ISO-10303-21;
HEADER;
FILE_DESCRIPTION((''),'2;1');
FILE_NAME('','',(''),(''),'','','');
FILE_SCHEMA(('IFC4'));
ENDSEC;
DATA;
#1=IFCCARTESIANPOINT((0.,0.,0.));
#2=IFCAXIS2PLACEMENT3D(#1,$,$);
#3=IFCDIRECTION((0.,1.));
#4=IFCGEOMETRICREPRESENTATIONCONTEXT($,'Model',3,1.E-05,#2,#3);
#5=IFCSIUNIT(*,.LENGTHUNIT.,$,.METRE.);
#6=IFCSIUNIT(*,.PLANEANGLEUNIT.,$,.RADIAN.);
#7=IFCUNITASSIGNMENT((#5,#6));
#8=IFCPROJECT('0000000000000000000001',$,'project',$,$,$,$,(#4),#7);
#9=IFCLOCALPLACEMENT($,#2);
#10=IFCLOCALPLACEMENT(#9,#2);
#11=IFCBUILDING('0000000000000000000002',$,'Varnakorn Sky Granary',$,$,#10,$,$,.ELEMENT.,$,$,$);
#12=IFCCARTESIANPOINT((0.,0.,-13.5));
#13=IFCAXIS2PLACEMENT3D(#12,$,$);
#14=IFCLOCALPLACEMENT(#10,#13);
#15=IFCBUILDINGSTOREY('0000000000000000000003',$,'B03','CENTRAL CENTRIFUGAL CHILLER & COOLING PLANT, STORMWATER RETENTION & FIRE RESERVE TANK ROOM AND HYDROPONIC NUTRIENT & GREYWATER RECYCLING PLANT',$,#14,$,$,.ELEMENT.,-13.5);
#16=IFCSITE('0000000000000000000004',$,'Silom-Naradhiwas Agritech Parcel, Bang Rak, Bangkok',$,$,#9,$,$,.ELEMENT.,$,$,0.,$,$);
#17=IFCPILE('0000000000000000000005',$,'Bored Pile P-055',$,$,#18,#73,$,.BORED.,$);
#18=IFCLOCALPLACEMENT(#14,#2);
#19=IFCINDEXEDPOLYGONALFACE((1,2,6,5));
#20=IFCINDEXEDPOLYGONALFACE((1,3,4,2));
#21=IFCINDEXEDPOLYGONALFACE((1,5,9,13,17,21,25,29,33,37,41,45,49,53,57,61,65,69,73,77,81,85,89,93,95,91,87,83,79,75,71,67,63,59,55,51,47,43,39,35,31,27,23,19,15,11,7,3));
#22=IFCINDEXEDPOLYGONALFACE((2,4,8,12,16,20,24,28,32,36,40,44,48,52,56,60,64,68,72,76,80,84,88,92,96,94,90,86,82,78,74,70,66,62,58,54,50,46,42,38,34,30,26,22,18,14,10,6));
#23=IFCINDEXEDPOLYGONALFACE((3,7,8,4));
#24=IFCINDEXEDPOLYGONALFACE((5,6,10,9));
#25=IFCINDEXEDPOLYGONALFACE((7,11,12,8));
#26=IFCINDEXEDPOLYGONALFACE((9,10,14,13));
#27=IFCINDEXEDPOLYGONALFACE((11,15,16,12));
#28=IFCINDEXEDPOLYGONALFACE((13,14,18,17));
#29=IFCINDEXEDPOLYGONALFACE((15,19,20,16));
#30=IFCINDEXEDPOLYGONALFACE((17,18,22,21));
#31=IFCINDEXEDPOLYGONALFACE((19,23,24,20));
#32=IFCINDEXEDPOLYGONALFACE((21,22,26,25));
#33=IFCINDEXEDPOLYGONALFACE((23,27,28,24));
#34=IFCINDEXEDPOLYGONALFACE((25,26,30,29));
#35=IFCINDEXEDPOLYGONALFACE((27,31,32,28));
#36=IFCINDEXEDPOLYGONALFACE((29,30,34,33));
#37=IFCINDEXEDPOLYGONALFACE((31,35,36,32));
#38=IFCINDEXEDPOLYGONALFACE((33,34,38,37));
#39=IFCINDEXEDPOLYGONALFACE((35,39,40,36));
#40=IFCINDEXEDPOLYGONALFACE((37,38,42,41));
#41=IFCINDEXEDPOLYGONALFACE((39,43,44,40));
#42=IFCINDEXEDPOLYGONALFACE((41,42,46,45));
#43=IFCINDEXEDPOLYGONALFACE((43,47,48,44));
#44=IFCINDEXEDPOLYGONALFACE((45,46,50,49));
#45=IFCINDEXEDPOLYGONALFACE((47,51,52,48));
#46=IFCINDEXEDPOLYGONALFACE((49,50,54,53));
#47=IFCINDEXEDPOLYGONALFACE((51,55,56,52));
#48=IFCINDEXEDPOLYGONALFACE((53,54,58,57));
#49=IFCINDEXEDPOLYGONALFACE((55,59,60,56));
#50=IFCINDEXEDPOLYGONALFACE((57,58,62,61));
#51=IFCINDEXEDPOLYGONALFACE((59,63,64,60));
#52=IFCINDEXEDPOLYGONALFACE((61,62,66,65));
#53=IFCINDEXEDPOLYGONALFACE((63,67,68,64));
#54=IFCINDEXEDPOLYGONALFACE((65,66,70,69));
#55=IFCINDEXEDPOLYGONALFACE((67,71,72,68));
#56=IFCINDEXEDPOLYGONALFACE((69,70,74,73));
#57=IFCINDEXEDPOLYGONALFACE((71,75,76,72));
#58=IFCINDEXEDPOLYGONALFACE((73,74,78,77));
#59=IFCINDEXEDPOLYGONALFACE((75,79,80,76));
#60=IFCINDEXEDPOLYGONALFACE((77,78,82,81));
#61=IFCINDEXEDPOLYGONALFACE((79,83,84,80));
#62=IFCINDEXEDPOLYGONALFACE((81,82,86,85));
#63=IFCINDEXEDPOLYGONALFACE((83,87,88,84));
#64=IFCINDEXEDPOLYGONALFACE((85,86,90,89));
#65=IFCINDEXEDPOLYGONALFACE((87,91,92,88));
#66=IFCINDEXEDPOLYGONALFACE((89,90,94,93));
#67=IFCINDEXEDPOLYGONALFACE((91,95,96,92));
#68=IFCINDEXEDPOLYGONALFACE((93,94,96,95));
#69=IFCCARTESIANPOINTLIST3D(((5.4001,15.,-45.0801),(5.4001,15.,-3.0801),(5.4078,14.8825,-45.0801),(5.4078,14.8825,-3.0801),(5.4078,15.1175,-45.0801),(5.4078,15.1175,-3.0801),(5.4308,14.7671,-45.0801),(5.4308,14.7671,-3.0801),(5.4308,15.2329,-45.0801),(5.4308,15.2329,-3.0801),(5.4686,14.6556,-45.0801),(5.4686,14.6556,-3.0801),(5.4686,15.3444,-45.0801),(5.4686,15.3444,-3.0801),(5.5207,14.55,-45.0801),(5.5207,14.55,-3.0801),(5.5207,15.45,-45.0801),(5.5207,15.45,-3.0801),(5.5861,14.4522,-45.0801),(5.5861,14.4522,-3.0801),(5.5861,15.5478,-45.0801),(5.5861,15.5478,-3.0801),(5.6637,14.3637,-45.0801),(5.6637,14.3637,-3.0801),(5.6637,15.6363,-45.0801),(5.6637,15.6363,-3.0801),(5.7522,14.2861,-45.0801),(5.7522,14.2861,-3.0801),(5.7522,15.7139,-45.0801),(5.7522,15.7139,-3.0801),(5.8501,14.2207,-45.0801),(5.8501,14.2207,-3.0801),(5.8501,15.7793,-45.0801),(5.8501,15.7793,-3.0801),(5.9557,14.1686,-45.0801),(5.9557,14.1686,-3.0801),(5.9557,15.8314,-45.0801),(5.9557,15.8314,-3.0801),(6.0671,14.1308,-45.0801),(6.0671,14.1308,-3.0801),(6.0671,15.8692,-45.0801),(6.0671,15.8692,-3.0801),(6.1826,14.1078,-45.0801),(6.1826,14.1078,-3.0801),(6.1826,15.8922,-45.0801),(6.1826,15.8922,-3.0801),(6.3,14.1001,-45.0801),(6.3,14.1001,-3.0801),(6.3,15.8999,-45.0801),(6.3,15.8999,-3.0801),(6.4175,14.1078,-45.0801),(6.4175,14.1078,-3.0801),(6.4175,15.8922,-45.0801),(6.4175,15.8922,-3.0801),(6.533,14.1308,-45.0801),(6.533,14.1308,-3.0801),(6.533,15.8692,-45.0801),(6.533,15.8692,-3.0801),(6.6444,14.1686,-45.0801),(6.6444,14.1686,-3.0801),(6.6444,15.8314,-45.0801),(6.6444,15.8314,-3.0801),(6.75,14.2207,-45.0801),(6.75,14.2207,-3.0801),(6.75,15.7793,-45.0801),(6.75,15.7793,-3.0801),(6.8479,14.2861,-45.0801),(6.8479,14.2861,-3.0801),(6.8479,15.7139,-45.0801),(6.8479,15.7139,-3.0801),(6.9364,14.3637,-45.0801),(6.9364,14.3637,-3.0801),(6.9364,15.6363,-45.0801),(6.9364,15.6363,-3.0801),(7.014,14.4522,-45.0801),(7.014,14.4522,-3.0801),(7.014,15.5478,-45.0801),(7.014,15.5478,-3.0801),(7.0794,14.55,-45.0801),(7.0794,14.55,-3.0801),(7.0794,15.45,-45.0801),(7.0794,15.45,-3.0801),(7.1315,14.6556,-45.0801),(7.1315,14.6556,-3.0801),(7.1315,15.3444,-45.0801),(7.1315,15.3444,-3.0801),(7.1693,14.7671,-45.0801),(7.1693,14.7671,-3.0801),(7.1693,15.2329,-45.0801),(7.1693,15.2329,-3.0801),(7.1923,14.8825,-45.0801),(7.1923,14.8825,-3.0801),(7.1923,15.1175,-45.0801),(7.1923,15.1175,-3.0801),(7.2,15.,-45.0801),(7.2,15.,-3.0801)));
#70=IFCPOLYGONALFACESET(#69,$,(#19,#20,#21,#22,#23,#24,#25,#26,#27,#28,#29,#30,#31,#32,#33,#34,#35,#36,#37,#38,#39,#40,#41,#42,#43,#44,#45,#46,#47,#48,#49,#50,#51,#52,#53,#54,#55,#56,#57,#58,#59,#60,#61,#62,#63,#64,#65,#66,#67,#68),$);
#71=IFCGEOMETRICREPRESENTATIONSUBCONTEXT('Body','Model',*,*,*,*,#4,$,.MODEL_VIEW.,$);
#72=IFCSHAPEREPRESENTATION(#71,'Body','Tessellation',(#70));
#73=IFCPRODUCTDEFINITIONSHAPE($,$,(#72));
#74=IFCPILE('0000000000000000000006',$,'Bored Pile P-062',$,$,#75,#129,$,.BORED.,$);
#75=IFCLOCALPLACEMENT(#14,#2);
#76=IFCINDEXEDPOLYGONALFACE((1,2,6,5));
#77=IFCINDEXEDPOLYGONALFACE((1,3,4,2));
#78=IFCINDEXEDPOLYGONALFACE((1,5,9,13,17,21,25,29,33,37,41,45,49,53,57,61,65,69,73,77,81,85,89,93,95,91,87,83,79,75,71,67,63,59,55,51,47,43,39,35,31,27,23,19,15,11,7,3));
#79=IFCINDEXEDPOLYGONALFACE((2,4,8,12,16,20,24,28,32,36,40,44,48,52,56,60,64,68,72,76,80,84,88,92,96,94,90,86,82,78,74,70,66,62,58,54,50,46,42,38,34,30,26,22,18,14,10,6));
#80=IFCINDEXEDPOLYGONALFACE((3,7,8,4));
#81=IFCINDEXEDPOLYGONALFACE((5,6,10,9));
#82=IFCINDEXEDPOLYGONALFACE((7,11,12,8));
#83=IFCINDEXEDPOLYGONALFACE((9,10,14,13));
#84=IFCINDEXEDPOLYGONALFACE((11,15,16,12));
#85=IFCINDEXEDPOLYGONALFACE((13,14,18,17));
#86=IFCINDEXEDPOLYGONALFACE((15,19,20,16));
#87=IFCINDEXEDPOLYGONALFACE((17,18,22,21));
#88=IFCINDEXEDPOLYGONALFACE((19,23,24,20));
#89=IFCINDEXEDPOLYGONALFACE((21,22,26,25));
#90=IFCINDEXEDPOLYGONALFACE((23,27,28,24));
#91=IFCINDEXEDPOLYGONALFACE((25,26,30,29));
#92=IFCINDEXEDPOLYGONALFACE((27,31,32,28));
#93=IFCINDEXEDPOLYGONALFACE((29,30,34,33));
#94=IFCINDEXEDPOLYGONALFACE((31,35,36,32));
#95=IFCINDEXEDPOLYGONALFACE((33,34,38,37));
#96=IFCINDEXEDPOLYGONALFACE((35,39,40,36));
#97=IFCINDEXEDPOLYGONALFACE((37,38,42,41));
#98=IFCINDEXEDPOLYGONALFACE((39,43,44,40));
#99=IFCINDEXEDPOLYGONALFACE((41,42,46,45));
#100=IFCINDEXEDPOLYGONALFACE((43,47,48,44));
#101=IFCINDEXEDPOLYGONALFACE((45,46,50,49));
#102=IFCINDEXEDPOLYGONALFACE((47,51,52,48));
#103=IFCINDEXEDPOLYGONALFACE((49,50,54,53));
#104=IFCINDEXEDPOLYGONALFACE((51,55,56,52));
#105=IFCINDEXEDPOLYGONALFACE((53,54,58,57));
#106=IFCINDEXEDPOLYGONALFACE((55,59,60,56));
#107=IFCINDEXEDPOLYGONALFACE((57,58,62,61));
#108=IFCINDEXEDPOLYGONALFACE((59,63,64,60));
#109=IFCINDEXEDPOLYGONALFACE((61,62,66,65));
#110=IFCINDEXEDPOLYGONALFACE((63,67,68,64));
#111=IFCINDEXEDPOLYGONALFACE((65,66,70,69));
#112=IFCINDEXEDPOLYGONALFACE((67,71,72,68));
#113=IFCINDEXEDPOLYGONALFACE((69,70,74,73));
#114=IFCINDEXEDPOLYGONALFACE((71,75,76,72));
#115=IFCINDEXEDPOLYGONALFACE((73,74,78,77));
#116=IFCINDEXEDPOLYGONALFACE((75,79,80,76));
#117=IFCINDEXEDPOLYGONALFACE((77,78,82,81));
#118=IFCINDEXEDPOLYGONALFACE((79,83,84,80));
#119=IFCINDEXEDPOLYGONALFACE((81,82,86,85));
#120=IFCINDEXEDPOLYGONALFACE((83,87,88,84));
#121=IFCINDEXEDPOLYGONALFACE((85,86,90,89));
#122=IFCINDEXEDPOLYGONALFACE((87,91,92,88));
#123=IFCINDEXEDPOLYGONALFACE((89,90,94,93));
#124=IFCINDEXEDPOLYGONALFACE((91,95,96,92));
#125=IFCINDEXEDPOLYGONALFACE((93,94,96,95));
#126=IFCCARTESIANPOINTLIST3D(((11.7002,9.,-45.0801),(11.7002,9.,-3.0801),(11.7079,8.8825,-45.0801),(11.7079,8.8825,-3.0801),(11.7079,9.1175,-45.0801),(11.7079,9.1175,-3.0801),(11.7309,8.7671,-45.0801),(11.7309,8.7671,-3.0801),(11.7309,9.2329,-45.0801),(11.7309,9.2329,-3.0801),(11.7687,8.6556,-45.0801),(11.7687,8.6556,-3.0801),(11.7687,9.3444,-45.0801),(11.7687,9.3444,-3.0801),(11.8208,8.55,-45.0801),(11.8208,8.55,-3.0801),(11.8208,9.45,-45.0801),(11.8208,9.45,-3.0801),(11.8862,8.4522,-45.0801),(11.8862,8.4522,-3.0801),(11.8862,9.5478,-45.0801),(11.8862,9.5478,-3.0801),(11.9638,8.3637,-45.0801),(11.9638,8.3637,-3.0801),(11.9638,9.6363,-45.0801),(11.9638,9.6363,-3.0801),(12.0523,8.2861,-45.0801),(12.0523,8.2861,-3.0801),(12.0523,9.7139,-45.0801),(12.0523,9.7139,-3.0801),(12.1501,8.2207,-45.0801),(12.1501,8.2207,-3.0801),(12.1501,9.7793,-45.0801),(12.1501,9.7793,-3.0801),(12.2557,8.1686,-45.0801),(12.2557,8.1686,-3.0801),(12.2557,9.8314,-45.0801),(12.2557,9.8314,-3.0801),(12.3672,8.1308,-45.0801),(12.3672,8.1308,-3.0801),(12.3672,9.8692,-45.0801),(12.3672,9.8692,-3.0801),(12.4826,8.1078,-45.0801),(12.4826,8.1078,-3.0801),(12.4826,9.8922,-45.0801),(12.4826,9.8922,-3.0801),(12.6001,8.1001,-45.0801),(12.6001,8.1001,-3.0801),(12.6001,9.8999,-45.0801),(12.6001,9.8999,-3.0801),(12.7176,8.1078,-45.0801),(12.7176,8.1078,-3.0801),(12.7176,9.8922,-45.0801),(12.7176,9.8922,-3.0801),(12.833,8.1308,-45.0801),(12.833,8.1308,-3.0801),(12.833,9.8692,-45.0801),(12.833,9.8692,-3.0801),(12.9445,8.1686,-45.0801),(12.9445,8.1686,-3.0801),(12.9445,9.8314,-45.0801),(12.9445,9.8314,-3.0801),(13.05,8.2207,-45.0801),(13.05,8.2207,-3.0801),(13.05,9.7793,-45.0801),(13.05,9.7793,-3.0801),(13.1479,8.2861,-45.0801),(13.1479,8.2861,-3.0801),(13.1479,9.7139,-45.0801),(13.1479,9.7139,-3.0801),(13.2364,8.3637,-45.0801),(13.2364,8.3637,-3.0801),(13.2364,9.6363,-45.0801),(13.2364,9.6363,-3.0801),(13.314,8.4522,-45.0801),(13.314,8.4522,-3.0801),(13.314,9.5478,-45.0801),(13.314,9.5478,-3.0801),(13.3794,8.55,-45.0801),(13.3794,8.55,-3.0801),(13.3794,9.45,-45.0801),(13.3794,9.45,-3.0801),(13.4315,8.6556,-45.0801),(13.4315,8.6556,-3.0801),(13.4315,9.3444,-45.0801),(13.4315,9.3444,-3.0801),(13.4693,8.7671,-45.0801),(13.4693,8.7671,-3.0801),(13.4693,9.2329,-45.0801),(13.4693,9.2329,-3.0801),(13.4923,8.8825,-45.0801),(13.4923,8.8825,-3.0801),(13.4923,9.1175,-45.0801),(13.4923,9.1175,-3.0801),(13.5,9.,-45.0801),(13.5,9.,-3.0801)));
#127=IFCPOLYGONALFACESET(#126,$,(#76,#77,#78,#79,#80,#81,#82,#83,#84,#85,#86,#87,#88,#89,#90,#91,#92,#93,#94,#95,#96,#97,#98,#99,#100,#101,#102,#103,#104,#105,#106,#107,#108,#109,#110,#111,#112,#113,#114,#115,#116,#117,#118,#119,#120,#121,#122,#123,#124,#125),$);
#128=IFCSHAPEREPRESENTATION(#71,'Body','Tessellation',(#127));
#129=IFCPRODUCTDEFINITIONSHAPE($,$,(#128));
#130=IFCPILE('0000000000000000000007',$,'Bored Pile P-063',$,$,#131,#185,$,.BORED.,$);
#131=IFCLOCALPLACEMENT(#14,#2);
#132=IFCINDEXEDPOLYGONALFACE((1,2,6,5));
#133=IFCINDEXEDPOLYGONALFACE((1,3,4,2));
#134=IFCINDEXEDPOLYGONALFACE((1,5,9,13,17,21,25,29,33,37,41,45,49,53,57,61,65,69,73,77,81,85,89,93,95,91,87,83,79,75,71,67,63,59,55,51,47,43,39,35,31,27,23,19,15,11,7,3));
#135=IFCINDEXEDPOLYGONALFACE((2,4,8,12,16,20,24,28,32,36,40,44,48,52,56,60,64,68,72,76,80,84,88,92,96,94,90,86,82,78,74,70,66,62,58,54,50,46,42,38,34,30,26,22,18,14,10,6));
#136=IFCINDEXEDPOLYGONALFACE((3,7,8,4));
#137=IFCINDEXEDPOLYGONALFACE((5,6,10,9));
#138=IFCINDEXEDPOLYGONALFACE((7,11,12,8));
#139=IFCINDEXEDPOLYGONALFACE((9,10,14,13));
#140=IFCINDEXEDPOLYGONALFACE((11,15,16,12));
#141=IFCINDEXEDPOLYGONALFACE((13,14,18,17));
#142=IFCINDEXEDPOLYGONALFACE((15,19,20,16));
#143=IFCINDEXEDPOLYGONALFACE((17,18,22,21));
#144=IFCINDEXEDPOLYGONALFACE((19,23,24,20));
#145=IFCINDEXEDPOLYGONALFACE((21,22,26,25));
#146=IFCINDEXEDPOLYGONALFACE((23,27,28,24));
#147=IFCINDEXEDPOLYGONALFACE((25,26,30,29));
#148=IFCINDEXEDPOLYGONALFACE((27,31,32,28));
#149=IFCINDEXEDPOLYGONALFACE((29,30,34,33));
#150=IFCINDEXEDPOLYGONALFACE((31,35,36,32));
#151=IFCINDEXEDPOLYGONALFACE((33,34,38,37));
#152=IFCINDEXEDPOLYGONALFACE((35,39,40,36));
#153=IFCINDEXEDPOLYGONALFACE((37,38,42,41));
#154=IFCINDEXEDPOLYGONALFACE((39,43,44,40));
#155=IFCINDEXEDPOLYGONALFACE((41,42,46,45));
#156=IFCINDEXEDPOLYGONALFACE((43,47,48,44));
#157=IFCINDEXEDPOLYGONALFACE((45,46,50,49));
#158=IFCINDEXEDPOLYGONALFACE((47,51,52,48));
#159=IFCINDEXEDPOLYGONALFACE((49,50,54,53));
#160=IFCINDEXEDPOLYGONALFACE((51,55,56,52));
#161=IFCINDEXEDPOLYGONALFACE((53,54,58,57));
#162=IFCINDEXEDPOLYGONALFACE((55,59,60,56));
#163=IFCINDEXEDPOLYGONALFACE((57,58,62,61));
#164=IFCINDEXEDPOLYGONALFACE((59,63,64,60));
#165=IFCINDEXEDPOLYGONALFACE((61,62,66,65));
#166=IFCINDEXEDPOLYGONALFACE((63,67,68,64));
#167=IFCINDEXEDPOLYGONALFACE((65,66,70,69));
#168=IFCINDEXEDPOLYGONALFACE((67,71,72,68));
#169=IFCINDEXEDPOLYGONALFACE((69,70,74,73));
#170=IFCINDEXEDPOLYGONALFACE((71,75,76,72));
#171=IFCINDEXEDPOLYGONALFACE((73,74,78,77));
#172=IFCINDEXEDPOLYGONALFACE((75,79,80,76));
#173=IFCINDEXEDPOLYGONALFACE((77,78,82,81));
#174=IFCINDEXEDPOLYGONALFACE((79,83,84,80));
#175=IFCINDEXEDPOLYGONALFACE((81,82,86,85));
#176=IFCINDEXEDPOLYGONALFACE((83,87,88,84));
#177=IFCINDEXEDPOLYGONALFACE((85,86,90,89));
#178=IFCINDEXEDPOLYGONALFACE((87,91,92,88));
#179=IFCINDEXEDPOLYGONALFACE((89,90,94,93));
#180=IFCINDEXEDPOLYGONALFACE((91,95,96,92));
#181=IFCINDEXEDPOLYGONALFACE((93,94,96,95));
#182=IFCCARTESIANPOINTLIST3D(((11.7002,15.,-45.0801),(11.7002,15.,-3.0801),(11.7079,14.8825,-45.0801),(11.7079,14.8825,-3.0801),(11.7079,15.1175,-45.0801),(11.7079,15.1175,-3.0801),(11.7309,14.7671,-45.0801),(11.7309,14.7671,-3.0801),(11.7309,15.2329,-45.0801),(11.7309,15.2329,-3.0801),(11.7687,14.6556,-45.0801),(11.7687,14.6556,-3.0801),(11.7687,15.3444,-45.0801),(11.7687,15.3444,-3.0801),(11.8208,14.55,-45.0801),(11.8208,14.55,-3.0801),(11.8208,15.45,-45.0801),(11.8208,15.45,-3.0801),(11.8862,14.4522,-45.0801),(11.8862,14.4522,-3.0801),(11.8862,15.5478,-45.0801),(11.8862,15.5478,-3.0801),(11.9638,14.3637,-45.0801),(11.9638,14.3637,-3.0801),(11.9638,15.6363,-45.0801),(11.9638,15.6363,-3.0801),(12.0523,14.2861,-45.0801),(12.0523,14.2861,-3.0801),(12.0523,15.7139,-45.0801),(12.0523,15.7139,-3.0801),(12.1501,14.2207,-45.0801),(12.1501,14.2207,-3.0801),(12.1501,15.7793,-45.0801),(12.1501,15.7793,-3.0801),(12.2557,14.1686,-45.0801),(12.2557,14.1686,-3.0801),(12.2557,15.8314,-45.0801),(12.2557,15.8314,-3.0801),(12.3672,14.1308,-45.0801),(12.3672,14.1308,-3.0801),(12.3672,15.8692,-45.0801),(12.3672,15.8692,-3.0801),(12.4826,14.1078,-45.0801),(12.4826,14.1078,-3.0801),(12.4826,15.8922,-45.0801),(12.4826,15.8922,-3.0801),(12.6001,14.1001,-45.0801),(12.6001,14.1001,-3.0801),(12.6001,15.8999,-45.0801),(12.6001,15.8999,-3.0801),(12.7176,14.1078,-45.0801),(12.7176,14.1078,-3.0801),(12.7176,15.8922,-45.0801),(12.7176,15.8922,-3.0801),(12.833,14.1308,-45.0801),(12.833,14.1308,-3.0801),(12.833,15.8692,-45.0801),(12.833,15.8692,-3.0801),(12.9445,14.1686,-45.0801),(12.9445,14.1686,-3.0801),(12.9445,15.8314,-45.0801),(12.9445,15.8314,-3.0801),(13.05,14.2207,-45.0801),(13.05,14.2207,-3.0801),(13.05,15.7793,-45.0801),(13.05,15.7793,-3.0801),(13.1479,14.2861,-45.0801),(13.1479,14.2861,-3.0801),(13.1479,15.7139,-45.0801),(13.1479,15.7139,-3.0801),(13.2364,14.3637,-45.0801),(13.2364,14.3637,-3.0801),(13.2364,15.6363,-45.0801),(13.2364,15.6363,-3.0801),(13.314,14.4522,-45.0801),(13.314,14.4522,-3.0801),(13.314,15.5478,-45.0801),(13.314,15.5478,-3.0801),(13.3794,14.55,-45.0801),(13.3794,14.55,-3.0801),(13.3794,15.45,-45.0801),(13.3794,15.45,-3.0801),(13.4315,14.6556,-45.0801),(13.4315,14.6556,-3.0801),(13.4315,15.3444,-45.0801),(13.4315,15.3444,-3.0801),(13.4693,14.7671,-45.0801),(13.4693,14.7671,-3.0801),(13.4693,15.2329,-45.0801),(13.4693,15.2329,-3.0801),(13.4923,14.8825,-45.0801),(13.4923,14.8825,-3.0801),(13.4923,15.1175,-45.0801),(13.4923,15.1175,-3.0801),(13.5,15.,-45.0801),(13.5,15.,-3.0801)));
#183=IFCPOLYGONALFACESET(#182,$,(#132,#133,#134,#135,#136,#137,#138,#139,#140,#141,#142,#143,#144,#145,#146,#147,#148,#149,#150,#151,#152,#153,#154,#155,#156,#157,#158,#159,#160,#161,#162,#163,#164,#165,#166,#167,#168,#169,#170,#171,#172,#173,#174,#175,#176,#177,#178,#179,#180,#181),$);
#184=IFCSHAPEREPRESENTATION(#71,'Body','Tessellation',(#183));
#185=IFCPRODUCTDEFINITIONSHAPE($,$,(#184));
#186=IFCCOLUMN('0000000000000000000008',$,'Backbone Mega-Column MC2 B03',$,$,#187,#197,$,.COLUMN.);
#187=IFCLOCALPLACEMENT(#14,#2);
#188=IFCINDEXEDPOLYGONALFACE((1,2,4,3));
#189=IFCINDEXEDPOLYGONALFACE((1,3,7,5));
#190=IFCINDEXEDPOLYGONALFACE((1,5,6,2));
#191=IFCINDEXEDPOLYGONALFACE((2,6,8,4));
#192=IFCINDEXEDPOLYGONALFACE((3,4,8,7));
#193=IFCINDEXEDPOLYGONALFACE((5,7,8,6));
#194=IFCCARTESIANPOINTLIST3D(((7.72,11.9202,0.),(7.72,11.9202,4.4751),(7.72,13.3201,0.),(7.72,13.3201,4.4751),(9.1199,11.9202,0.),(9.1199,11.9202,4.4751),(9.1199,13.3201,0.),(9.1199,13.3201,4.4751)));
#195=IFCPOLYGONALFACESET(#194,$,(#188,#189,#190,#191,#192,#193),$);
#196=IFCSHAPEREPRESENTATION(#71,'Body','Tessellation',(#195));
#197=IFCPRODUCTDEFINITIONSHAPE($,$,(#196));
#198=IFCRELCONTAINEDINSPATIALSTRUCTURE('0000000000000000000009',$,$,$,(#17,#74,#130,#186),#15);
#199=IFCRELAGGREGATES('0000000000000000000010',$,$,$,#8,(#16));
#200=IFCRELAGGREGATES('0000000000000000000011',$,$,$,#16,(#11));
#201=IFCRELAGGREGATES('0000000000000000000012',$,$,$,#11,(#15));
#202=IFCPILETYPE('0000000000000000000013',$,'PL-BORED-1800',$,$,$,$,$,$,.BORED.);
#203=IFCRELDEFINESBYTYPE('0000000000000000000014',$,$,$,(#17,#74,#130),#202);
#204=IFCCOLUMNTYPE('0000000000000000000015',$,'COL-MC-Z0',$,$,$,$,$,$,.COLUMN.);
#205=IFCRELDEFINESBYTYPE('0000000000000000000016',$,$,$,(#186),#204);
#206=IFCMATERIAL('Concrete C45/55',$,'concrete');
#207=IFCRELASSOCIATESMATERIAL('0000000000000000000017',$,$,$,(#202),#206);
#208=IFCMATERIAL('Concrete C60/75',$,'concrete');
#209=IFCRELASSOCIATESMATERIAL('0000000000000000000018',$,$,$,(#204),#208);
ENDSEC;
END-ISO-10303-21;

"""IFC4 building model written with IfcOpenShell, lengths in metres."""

from ifc_helpers import new_model, si_unit, direction, frame, origin, origin_2d, place, context, subcontext, project, spatial, rectangle, circle, extrude, material, material_profile, profile_set, type_object, element, save


model = new_model("IFC4")

# Units and contexts
model_context = context("Model", 3, precision=1e-05, world=origin(), true_north=direction((0.0, 1.0)))
body_context = subcontext(model_context, "Body", "Model", "MODEL_VIEW")
ifc_project = project(units=[si_unit("LENGTHUNIT", "METRE"), si_unit("PLANEANGLEUNIT", "RADIAN")], contexts=[model_context])

# Site, building, storey
site_placement = place(None, origin())
site = spatial("IfcSite", under=ifc_project, at=site_placement, Name="Silom-Naradhiwas Agritech Parcel, Bang Rak, Bangkok", CompositionType="ELEMENT", RefElevation=0.0)
building_placement = place(site_placement, origin())
building = spatial("IfcBuilding", under=site, at=building_placement, Name="Varnakorn Sky Granary", CompositionType="ELEMENT")
storey_placement = place(building_placement, frame((0.0, 0.0, -13.5)))
storey = spatial("IfcBuildingStorey", under=building, at=storey_placement, Name="B03", Description="CENTRAL CENTRIFUGAL CHILLER & COOLING PLANT, STORMWATER RETENTION & FIRE RESERVE TANK ROOM AND HYDROPONIC NUTRIENT & GREYWATER RECYCLING PLANT", CompositionType="ELEMENT", Elevation=-13.5)

# Piles
ifc_material_1 = material(Name="Concrete C45/55", Category="concrete")
ifc_material_profile_1 = material_profile(ifc_material_1, circle(Radius=0.8999, at=origin_2d()), Name="PILE D1800")
ifc_profile_set_1 = profile_set([ifc_material_profile_1], Name="Concrete C45/55")
pile_type_1 = type_object("IfcPileType", Name="PL-BORED-1800", PredefinedType="BORED", material=ifc_profile_set_1)
for number, where, z_axis, x_axis, name in (
    (1, (6.3, 15.0, -3.0801), (0.0, 0.0, -1.0), (1.0, 0.0, 0.0), "Bored Pile P-055"),
    (2, (12.6001, 9.0, -3.0801), (0.0, 0.0, -1.0), (1.0, 0.0, 0.0), "Bored Pile P-062"),
    (3, (12.6001, 15.0, -3.0801), (0.0, 0.0, -1.0), (1.0, 0.0, 0.0), "Bored Pile P-063"),
):
    element("IfcPile", number, at=place(storey_placement, frame(where, z_axis=z_axis, x_axis=x_axis)), inside=storey, type_object=pile_type_1, Name=name, PredefinedType="BORED", context=body_context, shape_type="SweptSolid", body=[
        extrude(circle(Radius=0.8999, at=origin_2d()), origin(), (0.0, 0.0, 1.0), 42.0),
    ])

# Column
ifc_material_2 = material(Name="Concrete C60/75", Category="concrete")
ifc_material_profile_2 = material_profile(ifc_material_2, rectangle(XDim=1.3999, YDim=1.3999, at=origin_2d()), Name="RC 1400x1400")
ifc_profile_set_2 = profile_set([ifc_material_profile_2], Name="Concrete C60/75")
column_type_1 = type_object("IfcColumnType", Name="COL-MC-Z0", PredefinedType="COLUMN", material=ifc_profile_set_2)
column_1_placement = place(storey_placement, frame((8.4199, 12.6201, 0.0), z_axis=(0.0, 0.0, 1.0), x_axis=(1.0, 0.0, 0.0)))
element("IfcColumn", 4, at=column_1_placement, inside=storey, type_object=column_type_1, Name="Backbone Mega-Column MC2 B03", PredefinedType="COLUMN", context=body_context, shape_type="SweptSolid", body=[
    extrude(rectangle(XDim=1.3999, YDim=1.3999, at=origin_2d()), origin(), (0.0, 0.0, 1.0), 4.4751),
])

save(model, "model.ifc")
